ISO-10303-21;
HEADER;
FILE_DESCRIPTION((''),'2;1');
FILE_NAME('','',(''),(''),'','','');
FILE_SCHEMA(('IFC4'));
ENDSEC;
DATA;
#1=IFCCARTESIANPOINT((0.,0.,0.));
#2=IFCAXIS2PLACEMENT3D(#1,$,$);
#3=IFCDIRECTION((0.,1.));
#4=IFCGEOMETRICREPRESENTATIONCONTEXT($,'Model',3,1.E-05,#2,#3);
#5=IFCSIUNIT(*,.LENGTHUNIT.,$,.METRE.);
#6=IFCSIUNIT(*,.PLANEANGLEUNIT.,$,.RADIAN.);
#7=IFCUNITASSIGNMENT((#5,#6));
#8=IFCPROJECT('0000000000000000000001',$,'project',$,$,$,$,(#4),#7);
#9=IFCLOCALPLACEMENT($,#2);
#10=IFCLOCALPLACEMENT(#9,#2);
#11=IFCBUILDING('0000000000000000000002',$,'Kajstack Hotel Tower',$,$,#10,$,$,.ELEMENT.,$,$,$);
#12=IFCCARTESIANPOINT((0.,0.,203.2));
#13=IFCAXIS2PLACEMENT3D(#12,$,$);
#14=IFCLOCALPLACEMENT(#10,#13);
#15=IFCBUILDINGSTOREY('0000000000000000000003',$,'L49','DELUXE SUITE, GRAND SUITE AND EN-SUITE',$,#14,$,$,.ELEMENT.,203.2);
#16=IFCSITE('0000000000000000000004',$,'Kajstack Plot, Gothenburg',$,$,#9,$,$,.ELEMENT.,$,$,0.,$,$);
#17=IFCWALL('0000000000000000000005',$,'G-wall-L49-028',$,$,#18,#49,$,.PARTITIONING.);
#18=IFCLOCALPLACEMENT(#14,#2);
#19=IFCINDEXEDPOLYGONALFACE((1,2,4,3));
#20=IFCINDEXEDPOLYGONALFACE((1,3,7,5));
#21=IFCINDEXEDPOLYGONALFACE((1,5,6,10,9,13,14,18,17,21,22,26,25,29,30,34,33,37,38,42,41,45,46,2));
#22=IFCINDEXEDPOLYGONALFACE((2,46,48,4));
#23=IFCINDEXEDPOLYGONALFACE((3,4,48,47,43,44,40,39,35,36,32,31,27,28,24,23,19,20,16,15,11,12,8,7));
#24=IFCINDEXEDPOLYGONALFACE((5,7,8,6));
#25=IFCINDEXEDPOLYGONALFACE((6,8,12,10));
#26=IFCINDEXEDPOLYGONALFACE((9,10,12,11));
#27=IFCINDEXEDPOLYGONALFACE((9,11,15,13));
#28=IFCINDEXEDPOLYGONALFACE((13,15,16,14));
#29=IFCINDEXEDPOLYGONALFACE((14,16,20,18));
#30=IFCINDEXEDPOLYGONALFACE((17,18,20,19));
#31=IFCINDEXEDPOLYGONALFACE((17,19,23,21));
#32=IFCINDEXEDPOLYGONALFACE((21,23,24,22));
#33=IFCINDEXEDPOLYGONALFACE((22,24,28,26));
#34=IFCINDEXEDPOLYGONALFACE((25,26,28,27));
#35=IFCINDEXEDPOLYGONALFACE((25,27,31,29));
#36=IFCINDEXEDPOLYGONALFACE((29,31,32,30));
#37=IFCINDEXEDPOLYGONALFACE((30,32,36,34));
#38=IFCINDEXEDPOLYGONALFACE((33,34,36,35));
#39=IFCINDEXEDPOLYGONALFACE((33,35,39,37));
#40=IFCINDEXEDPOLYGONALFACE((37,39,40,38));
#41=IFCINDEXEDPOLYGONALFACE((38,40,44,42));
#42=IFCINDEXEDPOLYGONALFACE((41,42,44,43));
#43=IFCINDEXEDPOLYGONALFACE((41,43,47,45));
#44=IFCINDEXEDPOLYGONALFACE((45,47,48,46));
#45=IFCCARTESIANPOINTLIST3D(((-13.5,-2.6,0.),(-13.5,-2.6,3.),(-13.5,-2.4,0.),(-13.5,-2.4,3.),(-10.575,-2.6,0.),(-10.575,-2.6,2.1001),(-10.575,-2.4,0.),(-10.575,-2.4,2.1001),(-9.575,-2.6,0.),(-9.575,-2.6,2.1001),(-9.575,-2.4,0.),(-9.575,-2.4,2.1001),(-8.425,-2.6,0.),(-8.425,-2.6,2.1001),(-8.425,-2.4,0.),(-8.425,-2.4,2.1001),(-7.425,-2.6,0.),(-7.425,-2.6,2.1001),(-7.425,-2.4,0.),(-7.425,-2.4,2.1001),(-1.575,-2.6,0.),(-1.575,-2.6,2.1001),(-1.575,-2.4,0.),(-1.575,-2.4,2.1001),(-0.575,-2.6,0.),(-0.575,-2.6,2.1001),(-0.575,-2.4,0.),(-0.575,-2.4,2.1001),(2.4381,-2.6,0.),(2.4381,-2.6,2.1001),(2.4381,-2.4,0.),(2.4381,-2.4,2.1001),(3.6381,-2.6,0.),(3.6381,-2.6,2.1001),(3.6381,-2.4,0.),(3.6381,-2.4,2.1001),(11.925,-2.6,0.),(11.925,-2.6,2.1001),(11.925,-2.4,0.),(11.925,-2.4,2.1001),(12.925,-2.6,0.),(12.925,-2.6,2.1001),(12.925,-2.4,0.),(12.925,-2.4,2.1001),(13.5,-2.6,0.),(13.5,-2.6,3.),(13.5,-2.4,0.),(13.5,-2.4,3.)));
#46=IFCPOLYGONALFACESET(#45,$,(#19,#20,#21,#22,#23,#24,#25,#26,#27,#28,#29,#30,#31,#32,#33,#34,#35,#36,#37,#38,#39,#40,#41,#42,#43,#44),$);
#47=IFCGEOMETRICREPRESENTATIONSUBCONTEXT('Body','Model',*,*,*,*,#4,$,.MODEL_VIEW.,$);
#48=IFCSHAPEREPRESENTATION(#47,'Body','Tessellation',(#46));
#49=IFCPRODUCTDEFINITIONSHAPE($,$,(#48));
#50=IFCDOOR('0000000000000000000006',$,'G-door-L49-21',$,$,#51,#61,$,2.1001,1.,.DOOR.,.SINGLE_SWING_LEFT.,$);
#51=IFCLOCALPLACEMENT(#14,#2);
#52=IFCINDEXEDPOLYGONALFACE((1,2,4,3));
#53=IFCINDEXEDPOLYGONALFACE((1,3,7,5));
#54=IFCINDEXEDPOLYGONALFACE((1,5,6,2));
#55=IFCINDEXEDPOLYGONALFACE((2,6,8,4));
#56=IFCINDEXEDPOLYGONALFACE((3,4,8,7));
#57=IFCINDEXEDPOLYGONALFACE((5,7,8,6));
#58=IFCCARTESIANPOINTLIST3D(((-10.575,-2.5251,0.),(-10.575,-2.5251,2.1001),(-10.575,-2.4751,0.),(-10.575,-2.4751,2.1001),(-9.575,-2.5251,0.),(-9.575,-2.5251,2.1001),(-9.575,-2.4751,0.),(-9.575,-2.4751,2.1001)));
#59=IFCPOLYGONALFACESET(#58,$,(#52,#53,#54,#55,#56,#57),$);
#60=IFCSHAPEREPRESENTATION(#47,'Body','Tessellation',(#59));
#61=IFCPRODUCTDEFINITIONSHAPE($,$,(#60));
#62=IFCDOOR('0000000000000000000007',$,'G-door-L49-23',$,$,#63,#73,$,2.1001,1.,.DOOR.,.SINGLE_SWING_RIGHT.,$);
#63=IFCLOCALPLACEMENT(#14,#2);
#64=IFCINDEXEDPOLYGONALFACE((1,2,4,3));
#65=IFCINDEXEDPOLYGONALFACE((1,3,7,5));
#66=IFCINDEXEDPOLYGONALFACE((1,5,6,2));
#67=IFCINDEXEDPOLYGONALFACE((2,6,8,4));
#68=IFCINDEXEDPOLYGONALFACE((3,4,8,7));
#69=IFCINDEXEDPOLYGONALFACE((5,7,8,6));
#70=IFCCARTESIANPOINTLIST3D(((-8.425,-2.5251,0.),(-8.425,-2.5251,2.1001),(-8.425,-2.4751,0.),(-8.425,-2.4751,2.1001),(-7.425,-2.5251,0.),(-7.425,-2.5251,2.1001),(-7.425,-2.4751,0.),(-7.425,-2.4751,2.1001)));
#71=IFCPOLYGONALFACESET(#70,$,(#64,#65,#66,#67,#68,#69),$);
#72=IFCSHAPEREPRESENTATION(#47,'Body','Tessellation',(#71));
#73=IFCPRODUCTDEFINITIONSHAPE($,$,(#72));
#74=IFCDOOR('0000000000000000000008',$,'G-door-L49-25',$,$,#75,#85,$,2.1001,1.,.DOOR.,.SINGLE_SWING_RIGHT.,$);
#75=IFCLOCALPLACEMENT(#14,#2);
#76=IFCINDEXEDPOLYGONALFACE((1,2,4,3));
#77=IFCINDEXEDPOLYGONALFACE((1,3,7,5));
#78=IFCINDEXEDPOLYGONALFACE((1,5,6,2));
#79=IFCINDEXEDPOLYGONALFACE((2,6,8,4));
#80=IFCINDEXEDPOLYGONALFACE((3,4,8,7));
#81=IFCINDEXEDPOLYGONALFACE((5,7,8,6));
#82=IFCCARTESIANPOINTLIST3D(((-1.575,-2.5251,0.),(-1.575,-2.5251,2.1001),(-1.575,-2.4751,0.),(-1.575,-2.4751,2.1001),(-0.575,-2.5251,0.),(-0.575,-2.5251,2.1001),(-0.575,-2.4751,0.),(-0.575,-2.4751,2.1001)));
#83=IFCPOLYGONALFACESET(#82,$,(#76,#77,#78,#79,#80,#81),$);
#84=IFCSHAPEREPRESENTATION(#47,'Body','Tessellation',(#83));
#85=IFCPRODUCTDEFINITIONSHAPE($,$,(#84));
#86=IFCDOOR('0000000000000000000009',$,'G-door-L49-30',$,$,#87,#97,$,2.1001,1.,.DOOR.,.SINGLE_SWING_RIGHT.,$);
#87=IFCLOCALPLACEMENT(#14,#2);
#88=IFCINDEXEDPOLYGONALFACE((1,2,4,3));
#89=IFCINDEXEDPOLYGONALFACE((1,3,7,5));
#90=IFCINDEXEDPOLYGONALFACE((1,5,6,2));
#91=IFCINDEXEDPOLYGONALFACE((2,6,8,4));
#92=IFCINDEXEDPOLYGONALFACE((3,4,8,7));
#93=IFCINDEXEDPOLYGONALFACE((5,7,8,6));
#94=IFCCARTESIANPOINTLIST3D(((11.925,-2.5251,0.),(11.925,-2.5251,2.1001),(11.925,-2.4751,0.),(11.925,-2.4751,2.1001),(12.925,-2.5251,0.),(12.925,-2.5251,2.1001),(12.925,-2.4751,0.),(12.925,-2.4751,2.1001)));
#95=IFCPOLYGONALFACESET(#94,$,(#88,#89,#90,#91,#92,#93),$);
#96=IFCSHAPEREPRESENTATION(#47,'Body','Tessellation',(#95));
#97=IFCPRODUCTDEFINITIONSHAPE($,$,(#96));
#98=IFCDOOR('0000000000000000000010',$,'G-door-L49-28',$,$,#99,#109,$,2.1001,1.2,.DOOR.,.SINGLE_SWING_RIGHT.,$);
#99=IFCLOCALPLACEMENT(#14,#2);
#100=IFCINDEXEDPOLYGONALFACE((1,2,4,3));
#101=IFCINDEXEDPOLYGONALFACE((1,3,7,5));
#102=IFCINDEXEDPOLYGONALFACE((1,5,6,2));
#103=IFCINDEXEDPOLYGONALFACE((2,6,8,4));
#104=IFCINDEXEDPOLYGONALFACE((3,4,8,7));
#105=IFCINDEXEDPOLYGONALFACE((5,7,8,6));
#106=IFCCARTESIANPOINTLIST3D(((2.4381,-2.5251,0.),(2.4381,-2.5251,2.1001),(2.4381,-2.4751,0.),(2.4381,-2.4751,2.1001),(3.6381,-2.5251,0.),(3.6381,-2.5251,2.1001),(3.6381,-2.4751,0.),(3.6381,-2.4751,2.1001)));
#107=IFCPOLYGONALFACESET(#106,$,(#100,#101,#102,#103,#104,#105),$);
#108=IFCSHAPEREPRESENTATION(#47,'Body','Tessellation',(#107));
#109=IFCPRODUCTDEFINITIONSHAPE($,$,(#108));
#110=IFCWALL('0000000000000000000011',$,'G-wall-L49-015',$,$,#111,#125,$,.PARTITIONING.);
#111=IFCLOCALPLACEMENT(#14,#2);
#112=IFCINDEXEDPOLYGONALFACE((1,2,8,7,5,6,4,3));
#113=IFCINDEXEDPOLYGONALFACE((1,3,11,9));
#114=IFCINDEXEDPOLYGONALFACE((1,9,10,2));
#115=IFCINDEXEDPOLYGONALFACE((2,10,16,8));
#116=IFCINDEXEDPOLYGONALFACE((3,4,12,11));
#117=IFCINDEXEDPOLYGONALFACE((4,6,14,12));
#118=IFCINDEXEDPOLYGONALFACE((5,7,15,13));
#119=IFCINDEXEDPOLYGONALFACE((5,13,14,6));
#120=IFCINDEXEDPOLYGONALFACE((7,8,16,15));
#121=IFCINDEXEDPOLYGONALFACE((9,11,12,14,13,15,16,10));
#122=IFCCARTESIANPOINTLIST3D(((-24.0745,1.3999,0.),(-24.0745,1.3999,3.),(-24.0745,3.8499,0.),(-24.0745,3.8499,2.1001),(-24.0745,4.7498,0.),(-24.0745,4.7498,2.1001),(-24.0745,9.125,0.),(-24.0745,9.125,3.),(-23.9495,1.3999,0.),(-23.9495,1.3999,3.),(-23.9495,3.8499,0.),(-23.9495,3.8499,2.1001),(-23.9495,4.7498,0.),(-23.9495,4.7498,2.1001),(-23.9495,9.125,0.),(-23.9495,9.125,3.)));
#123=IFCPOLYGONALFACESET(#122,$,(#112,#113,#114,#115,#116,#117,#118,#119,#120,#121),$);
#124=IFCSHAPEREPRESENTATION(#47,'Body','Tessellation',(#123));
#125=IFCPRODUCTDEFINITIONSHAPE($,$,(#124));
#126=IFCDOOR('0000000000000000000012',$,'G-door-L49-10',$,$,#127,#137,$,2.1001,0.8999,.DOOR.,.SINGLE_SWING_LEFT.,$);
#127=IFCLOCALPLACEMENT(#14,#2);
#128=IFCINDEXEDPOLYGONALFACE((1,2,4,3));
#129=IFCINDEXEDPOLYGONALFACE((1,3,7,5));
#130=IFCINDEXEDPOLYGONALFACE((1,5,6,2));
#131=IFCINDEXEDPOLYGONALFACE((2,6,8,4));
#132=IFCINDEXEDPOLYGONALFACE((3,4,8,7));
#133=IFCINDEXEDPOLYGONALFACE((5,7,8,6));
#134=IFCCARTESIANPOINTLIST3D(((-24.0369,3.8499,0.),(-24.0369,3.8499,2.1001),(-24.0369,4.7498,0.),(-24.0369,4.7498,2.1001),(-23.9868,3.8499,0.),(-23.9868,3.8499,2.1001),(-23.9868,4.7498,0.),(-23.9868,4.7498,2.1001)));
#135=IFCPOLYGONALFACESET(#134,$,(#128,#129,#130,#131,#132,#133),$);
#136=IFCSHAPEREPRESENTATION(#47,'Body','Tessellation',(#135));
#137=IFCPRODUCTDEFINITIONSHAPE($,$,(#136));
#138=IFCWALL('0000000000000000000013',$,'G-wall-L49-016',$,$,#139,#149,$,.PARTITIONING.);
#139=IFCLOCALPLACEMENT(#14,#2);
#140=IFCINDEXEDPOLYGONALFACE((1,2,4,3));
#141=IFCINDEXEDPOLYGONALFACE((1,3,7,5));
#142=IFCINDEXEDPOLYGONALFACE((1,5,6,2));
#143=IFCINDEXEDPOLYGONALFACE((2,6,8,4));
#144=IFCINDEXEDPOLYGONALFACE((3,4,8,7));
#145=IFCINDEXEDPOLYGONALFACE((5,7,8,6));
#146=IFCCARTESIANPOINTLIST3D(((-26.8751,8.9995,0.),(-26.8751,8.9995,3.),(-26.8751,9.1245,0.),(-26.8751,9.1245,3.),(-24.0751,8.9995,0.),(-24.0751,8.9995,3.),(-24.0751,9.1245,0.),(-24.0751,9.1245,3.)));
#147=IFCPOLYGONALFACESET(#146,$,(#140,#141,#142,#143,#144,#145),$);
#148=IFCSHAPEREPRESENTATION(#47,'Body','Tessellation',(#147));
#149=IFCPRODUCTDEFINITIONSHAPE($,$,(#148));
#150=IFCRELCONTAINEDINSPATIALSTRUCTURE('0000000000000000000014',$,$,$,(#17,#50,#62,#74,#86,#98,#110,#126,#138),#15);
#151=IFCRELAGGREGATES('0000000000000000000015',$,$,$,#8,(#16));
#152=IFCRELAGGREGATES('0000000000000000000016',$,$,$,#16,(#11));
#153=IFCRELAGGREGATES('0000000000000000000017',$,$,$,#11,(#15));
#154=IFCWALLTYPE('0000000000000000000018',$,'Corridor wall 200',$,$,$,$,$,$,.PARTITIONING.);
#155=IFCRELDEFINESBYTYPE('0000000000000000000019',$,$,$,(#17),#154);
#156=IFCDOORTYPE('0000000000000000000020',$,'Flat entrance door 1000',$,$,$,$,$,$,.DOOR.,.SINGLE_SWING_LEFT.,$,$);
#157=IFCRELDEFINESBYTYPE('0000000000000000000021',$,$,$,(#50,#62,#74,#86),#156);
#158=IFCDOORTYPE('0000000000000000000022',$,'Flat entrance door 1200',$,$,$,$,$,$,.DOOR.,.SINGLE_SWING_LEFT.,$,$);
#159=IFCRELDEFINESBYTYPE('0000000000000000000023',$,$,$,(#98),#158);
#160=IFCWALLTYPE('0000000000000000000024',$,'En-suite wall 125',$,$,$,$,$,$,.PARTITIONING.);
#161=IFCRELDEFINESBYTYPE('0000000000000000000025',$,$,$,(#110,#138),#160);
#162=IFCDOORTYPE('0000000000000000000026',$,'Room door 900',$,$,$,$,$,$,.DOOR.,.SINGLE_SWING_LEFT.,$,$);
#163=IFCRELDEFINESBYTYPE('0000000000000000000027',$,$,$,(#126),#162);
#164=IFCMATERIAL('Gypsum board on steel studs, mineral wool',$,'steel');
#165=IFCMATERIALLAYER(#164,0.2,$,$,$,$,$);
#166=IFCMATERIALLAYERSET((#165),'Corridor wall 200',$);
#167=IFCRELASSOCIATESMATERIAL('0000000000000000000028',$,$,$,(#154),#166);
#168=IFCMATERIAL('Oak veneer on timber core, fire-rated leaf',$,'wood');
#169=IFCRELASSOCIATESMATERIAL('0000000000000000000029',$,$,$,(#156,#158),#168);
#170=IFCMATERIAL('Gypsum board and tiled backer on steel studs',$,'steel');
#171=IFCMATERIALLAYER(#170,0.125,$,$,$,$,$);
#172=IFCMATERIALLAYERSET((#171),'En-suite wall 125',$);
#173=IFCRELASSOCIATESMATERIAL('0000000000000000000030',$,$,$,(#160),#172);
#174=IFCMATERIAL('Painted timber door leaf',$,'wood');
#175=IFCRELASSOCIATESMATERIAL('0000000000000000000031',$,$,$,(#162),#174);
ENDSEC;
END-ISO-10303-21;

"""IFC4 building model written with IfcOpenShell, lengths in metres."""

from ifc_helpers import new_model, si_unit, direction, frame, frame_2d, origin, place, context, subcontext, project, spatial, rectangle, extrude, material, layer, layer_set, type_object, element, fill, save


model = new_model("IFC4")

# Units and contexts
model_context = context("Model", 3, precision=1e-05, world=origin(), true_north=direction((0.0, 1.0)))
body_context = subcontext(model_context, "Body", "Model", "MODEL_VIEW")
ifc_project = project(units=[si_unit("LENGTHUNIT", "METRE"), si_unit("PLANEANGLEUNIT", "RADIAN")], contexts=[model_context])

# Site, building, storey
site_placement = place(None, origin())
site = spatial("IfcSite", under=ifc_project, at=site_placement, Name="Kajstack Plot, Gothenburg", CompositionType="ELEMENT", RefElevation=0.0)
building_placement = place(site_placement, origin())
building = spatial("IfcBuilding", under=site, at=building_placement, Name="Kajstack Hotel Tower", CompositionType="ELEMENT")
storey_placement = place(building_placement, frame((0.0, 0.0, 203.2)))
storey = spatial("IfcBuildingStorey", under=building, at=storey_placement, Name="L49", Description="DELUXE SUITE, GRAND SUITE AND EN-SUITE", CompositionType="ELEMENT", Elevation=203.2)

# Wall, openings, doors
ifc_material_1 = material(Name="Gypsum board on steel studs, mineral wool", Category="steel")
ifc_layer_1 = layer(ifc_material_1, 0.2)
ifc_layer_set_1 = layer_set([ifc_layer_1], Name="Corridor wall 200")
wall_type_1 = type_object("IfcWallType", Name="Corridor wall 200", PredefinedType="PARTITIONING", material=ifc_layer_set_1)
wall_1_placement = place(storey_placement, frame((-13.5, -2.5, 0.0), z_axis=(0.0, 0.0, 1.0), x_axis=(1.0, 0.0, 0.0)))
wall_1 = element("IfcWall", 1, at=wall_1_placement, inside=storey, type_object=wall_type_1, Name="G-wall-L49-028", PredefinedType="PARTITIONING", context=body_context, shape_type="SweptSolid", body=[
    extrude(rectangle(XDim=27.0, YDim=0.2, at=frame_2d((13.5, 0.0))), origin(), (0.0, 0.0, 1.0), 3.0),
])
opening_1_placement = place(wall_1_placement, frame((2.925, 0.0, 0.0)))
opening_1 = element("IfcOpeningElement", 2, at=opening_1_placement, cuts=wall_1, PredefinedType="OPENING", context=body_context, shape_type="SweptSolid", body=[
    extrude(rectangle(XDim=1.0, YDim=2.1001, at=frame_2d((0.5, 1.05))), frame((0.0, 0.1099, 0.0), z_axis=(0.0, -1.0, 0.0), x_axis=(1.0, 0.0, 0.0)), (0.0, 0.0, 1.0), 0.22),
])
opening_2_placement = place(wall_1_placement, frame((5.075, 0.0, 0.0)))
opening_2 = element("IfcOpeningElement", 3, at=opening_2_placement, cuts=wall_1, PredefinedType="OPENING", context=body_context, shape_type="SweptSolid", body=[
    extrude(rectangle(XDim=1.0, YDim=2.1001, at=frame_2d((0.5, 1.05))), frame((0.0, 0.1099, 0.0), z_axis=(0.0, -1.0, 0.0), x_axis=(1.0, 0.0, 0.0)), (0.0, 0.0, 1.0), 0.22),
])
opening_3_placement = place(wall_1_placement, frame((11.925, 0.0, 0.0)))
opening_3 = element("IfcOpeningElement", 4, at=opening_3_placement, cuts=wall_1, PredefinedType="OPENING", context=body_context, shape_type="SweptSolid", body=[
    extrude(rectangle(XDim=1.0, YDim=2.1001, at=frame_2d((0.5, 1.05))), frame((0.0, 0.1099, 0.0), z_axis=(0.0, -1.0, 0.0), x_axis=(1.0, 0.0, 0.0)), (0.0, 0.0, 1.0), 0.22),
])
opening_4_placement = place(wall_1_placement, frame((15.938, 0.0, 0.0)))
opening_4 = element("IfcOpeningElement", 5, at=opening_4_placement, cuts=wall_1, PredefinedType="OPENING", context=body_context, shape_type="SweptSolid", body=[
    extrude(rectangle(XDim=1.2, YDim=2.1001, at=frame_2d((0.6001, 1.05))), frame((0.0, 0.1099, 0.0), z_axis=(0.0, -1.0, 0.0), x_axis=(1.0, 0.0, 0.0)), (0.0, 0.0, 1.0), 0.22),
])
opening_5_placement = place(wall_1_placement, frame((25.425, 0.0, 0.0)))
opening_5 = element("IfcOpeningElement", 6, at=opening_5_placement, cuts=wall_1, PredefinedType="OPENING", context=body_context, shape_type="SweptSolid", body=[
    extrude(rectangle(XDim=1.0, YDim=2.1001, at=frame_2d((0.5, 1.05))), frame((0.0, 0.1099, 0.0), z_axis=(0.0, -1.0, 0.0), x_axis=(1.0, 0.0, 0.0)), (0.0, 0.0, 1.0), 0.22),
])
ifc_material_2 = material(Name="Oak veneer on timber core, fire-rated leaf", Category="wood")
door_type_1 = type_object("IfcDoorType", Name="Flat entrance door 1000", OperationType="SINGLE_SWING_LEFT", PredefinedType="DOOR", material=ifc_material_2)
door_1_placement = place(opening_1_placement, origin())
door_1 = element("IfcDoor", 7, at=door_1_placement, inside=storey, type_object=door_type_1, Name="G-door-L49-21", OperationType="SINGLE_SWING_LEFT", OverallHeight=2.1001, OverallWidth=1.0, PredefinedType="DOOR", context=body_context, shape_type="SweptSolid", body=[
    extrude(rectangle(XDim=1.0, YDim=2.1001, at=frame_2d((0.5, 1.05))), frame((0.0, 0.0249, 0.0), z_axis=(0.0, -1.0, 0.0), x_axis=(1.0, 0.0, 0.0)), (0.0, 0.0, 1.0), 0.05),
])
fill(opening_1, door_1)
door_2_placement = place(opening_2_placement, origin())
door_2 = element("IfcDoor", 8, at=door_2_placement, inside=storey, type_object=door_type_1, Name="G-door-L49-23", OperationType="SINGLE_SWING_RIGHT", OverallHeight=2.1001, OverallWidth=1.0, PredefinedType="DOOR", context=body_context, shape_type="SweptSolid", body=[
    extrude(rectangle(XDim=1.0, YDim=2.1001, at=frame_2d((0.5, 1.05))), frame((0.0, 0.0249, 0.0), z_axis=(0.0, -1.0, 0.0), x_axis=(1.0, 0.0, 0.0)), (0.0, 0.0, 1.0), 0.05),
])
fill(opening_2, door_2)
door_3_placement = place(opening_3_placement, origin())
door_3 = element("IfcDoor", 9, at=door_3_placement, inside=storey, type_object=door_type_1, Name="G-door-L49-25", OperationType="SINGLE_SWING_RIGHT", OverallHeight=2.1001, OverallWidth=1.0, PredefinedType="DOOR", context=body_context, shape_type="SweptSolid", body=[
    extrude(rectangle(XDim=1.0, YDim=2.1001, at=frame_2d((0.5, 1.05))), frame((0.0, 0.0249, 0.0), z_axis=(0.0, -1.0, 0.0), x_axis=(1.0, 0.0, 0.0)), (0.0, 0.0, 1.0), 0.05),
])
fill(opening_3, door_3)
door_4_placement = place(opening_5_placement, origin())
door_4 = element("IfcDoor", 10, at=door_4_placement, inside=storey, type_object=door_type_1, Name="G-door-L49-30", OperationType="SINGLE_SWING_RIGHT", OverallHeight=2.1001, OverallWidth=1.0, PredefinedType="DOOR", context=body_context, shape_type="SweptSolid", body=[
    extrude(rectangle(XDim=1.0, YDim=2.1001, at=frame_2d((0.5, 1.05))), frame((0.0, 0.0249, 0.0), z_axis=(0.0, -1.0, 0.0), x_axis=(1.0, 0.0, 0.0)), (0.0, 0.0, 1.0), 0.05),
])
fill(opening_5, door_4)
door_type_2 = type_object("IfcDoorType", Name="Flat entrance door 1200", OperationType="SINGLE_SWING_LEFT", PredefinedType="DOOR", material=ifc_material_2)
door_5_placement = place(opening_4_placement, origin())
door_5 = element("IfcDoor", 11, at=door_5_placement, inside=storey, type_object=door_type_2, Name="G-door-L49-28", OperationType="SINGLE_SWING_RIGHT", OverallHeight=2.1001, OverallWidth=1.2, PredefinedType="DOOR", context=body_context, shape_type="SweptSolid", body=[
    extrude(rectangle(XDim=1.2, YDim=2.1001, at=frame_2d((0.6001, 1.05))), frame((0.0, 0.0249, 0.0), z_axis=(0.0, -1.0, 0.0), x_axis=(1.0, 0.0, 0.0)), (0.0, 0.0, 1.0), 0.05),
])
fill(opening_4, door_5)

# Wall, opening, door
ifc_material_3 = material(Name="Gypsum board and tiled backer on steel studs", Category="steel")
ifc_layer_2 = layer(ifc_material_3, 0.125)
ifc_layer_set_2 = layer_set([ifc_layer_2], Name="En-suite wall 125")
wall_type_2 = type_object("IfcWallType", Name="En-suite wall 125", PredefinedType="PARTITIONING", material=ifc_layer_set_2)
wall_2_placement = place(storey_placement, frame((-24.012, 1.3999, 0.0), z_axis=(0.0, 0.0, 1.0), x_axis=(0.0, 1.0, 0.0)))
wall_2 = element("IfcWall", 12, at=wall_2_placement, inside=storey, type_object=wall_type_2, Name="G-wall-L49-015", PredefinedType="PARTITIONING", context=body_context, shape_type="SweptSolid", body=[
    extrude(rectangle(XDim=7.7251, YDim=0.125, at=frame_2d((3.8625, 0.0))), origin(), (0.0, 0.0, 1.0), 3.0),
])
opening_6_placement = place(wall_2_placement, frame((2.45, 0.0, 0.0)))
opening_6 = element("IfcOpeningElement", 13, at=opening_6_placement, cuts=wall_2, PredefinedType="OPENING", context=body_context, shape_type="SweptSolid", body=[
    extrude(rectangle(XDim=0.8999, YDim=2.1001, at=frame_2d((0.45, 1.05))), frame((0.0, 0.0725, 0.0), z_axis=(0.0, -1.0, 0.0), x_axis=(1.0, 0.0, 0.0)), (0.0, 0.0, 1.0), 0.145),
])
ifc_material_4 = material(Name="Painted timber door leaf", Category="wood")
door_type_3 = type_object("IfcDoorType", Name="Room door 900", OperationType="SINGLE_SWING_LEFT", PredefinedType="DOOR", material=ifc_material_4)
door_6_placement = place(opening_6_placement, origin())
door_6 = element("IfcDoor", 14, at=door_6_placement, inside=storey, type_object=door_type_3, Name="G-door-L49-10", OperationType="SINGLE_SWING_LEFT", OverallHeight=2.1001, OverallWidth=0.8999, PredefinedType="DOOR", context=body_context, shape_type="SweptSolid", body=[
    extrude(rectangle(XDim=0.8999, YDim=2.1001, at=frame_2d((0.45, 1.05))), frame((0.0, 0.0249, 0.0), z_axis=(0.0, -1.0, 0.0), x_axis=(1.0, 0.0, 0.0)), (0.0, 0.0, 1.0), 0.05),
])
fill(opening_6, door_6)

# Wall
wall_3_placement = place(storey_placement, frame((-26.875, 9.062, 0.0), z_axis=(0.0, 0.0, 1.0), x_axis=(1.0, 0.0, 0.0)))
element("IfcWall", 15, at=wall_3_placement, inside=storey, type_object=wall_type_2, Name="G-wall-L49-016", PredefinedType="PARTITIONING", context=body_context, shape_type="SweptSolid", body=[
    extrude(rectangle(XDim=2.8, YDim=0.125, at=frame_2d((1.3999, 0.0))), origin(), (0.0, 0.0, 1.0), 3.0),
])

save(model, "model.ifc")
